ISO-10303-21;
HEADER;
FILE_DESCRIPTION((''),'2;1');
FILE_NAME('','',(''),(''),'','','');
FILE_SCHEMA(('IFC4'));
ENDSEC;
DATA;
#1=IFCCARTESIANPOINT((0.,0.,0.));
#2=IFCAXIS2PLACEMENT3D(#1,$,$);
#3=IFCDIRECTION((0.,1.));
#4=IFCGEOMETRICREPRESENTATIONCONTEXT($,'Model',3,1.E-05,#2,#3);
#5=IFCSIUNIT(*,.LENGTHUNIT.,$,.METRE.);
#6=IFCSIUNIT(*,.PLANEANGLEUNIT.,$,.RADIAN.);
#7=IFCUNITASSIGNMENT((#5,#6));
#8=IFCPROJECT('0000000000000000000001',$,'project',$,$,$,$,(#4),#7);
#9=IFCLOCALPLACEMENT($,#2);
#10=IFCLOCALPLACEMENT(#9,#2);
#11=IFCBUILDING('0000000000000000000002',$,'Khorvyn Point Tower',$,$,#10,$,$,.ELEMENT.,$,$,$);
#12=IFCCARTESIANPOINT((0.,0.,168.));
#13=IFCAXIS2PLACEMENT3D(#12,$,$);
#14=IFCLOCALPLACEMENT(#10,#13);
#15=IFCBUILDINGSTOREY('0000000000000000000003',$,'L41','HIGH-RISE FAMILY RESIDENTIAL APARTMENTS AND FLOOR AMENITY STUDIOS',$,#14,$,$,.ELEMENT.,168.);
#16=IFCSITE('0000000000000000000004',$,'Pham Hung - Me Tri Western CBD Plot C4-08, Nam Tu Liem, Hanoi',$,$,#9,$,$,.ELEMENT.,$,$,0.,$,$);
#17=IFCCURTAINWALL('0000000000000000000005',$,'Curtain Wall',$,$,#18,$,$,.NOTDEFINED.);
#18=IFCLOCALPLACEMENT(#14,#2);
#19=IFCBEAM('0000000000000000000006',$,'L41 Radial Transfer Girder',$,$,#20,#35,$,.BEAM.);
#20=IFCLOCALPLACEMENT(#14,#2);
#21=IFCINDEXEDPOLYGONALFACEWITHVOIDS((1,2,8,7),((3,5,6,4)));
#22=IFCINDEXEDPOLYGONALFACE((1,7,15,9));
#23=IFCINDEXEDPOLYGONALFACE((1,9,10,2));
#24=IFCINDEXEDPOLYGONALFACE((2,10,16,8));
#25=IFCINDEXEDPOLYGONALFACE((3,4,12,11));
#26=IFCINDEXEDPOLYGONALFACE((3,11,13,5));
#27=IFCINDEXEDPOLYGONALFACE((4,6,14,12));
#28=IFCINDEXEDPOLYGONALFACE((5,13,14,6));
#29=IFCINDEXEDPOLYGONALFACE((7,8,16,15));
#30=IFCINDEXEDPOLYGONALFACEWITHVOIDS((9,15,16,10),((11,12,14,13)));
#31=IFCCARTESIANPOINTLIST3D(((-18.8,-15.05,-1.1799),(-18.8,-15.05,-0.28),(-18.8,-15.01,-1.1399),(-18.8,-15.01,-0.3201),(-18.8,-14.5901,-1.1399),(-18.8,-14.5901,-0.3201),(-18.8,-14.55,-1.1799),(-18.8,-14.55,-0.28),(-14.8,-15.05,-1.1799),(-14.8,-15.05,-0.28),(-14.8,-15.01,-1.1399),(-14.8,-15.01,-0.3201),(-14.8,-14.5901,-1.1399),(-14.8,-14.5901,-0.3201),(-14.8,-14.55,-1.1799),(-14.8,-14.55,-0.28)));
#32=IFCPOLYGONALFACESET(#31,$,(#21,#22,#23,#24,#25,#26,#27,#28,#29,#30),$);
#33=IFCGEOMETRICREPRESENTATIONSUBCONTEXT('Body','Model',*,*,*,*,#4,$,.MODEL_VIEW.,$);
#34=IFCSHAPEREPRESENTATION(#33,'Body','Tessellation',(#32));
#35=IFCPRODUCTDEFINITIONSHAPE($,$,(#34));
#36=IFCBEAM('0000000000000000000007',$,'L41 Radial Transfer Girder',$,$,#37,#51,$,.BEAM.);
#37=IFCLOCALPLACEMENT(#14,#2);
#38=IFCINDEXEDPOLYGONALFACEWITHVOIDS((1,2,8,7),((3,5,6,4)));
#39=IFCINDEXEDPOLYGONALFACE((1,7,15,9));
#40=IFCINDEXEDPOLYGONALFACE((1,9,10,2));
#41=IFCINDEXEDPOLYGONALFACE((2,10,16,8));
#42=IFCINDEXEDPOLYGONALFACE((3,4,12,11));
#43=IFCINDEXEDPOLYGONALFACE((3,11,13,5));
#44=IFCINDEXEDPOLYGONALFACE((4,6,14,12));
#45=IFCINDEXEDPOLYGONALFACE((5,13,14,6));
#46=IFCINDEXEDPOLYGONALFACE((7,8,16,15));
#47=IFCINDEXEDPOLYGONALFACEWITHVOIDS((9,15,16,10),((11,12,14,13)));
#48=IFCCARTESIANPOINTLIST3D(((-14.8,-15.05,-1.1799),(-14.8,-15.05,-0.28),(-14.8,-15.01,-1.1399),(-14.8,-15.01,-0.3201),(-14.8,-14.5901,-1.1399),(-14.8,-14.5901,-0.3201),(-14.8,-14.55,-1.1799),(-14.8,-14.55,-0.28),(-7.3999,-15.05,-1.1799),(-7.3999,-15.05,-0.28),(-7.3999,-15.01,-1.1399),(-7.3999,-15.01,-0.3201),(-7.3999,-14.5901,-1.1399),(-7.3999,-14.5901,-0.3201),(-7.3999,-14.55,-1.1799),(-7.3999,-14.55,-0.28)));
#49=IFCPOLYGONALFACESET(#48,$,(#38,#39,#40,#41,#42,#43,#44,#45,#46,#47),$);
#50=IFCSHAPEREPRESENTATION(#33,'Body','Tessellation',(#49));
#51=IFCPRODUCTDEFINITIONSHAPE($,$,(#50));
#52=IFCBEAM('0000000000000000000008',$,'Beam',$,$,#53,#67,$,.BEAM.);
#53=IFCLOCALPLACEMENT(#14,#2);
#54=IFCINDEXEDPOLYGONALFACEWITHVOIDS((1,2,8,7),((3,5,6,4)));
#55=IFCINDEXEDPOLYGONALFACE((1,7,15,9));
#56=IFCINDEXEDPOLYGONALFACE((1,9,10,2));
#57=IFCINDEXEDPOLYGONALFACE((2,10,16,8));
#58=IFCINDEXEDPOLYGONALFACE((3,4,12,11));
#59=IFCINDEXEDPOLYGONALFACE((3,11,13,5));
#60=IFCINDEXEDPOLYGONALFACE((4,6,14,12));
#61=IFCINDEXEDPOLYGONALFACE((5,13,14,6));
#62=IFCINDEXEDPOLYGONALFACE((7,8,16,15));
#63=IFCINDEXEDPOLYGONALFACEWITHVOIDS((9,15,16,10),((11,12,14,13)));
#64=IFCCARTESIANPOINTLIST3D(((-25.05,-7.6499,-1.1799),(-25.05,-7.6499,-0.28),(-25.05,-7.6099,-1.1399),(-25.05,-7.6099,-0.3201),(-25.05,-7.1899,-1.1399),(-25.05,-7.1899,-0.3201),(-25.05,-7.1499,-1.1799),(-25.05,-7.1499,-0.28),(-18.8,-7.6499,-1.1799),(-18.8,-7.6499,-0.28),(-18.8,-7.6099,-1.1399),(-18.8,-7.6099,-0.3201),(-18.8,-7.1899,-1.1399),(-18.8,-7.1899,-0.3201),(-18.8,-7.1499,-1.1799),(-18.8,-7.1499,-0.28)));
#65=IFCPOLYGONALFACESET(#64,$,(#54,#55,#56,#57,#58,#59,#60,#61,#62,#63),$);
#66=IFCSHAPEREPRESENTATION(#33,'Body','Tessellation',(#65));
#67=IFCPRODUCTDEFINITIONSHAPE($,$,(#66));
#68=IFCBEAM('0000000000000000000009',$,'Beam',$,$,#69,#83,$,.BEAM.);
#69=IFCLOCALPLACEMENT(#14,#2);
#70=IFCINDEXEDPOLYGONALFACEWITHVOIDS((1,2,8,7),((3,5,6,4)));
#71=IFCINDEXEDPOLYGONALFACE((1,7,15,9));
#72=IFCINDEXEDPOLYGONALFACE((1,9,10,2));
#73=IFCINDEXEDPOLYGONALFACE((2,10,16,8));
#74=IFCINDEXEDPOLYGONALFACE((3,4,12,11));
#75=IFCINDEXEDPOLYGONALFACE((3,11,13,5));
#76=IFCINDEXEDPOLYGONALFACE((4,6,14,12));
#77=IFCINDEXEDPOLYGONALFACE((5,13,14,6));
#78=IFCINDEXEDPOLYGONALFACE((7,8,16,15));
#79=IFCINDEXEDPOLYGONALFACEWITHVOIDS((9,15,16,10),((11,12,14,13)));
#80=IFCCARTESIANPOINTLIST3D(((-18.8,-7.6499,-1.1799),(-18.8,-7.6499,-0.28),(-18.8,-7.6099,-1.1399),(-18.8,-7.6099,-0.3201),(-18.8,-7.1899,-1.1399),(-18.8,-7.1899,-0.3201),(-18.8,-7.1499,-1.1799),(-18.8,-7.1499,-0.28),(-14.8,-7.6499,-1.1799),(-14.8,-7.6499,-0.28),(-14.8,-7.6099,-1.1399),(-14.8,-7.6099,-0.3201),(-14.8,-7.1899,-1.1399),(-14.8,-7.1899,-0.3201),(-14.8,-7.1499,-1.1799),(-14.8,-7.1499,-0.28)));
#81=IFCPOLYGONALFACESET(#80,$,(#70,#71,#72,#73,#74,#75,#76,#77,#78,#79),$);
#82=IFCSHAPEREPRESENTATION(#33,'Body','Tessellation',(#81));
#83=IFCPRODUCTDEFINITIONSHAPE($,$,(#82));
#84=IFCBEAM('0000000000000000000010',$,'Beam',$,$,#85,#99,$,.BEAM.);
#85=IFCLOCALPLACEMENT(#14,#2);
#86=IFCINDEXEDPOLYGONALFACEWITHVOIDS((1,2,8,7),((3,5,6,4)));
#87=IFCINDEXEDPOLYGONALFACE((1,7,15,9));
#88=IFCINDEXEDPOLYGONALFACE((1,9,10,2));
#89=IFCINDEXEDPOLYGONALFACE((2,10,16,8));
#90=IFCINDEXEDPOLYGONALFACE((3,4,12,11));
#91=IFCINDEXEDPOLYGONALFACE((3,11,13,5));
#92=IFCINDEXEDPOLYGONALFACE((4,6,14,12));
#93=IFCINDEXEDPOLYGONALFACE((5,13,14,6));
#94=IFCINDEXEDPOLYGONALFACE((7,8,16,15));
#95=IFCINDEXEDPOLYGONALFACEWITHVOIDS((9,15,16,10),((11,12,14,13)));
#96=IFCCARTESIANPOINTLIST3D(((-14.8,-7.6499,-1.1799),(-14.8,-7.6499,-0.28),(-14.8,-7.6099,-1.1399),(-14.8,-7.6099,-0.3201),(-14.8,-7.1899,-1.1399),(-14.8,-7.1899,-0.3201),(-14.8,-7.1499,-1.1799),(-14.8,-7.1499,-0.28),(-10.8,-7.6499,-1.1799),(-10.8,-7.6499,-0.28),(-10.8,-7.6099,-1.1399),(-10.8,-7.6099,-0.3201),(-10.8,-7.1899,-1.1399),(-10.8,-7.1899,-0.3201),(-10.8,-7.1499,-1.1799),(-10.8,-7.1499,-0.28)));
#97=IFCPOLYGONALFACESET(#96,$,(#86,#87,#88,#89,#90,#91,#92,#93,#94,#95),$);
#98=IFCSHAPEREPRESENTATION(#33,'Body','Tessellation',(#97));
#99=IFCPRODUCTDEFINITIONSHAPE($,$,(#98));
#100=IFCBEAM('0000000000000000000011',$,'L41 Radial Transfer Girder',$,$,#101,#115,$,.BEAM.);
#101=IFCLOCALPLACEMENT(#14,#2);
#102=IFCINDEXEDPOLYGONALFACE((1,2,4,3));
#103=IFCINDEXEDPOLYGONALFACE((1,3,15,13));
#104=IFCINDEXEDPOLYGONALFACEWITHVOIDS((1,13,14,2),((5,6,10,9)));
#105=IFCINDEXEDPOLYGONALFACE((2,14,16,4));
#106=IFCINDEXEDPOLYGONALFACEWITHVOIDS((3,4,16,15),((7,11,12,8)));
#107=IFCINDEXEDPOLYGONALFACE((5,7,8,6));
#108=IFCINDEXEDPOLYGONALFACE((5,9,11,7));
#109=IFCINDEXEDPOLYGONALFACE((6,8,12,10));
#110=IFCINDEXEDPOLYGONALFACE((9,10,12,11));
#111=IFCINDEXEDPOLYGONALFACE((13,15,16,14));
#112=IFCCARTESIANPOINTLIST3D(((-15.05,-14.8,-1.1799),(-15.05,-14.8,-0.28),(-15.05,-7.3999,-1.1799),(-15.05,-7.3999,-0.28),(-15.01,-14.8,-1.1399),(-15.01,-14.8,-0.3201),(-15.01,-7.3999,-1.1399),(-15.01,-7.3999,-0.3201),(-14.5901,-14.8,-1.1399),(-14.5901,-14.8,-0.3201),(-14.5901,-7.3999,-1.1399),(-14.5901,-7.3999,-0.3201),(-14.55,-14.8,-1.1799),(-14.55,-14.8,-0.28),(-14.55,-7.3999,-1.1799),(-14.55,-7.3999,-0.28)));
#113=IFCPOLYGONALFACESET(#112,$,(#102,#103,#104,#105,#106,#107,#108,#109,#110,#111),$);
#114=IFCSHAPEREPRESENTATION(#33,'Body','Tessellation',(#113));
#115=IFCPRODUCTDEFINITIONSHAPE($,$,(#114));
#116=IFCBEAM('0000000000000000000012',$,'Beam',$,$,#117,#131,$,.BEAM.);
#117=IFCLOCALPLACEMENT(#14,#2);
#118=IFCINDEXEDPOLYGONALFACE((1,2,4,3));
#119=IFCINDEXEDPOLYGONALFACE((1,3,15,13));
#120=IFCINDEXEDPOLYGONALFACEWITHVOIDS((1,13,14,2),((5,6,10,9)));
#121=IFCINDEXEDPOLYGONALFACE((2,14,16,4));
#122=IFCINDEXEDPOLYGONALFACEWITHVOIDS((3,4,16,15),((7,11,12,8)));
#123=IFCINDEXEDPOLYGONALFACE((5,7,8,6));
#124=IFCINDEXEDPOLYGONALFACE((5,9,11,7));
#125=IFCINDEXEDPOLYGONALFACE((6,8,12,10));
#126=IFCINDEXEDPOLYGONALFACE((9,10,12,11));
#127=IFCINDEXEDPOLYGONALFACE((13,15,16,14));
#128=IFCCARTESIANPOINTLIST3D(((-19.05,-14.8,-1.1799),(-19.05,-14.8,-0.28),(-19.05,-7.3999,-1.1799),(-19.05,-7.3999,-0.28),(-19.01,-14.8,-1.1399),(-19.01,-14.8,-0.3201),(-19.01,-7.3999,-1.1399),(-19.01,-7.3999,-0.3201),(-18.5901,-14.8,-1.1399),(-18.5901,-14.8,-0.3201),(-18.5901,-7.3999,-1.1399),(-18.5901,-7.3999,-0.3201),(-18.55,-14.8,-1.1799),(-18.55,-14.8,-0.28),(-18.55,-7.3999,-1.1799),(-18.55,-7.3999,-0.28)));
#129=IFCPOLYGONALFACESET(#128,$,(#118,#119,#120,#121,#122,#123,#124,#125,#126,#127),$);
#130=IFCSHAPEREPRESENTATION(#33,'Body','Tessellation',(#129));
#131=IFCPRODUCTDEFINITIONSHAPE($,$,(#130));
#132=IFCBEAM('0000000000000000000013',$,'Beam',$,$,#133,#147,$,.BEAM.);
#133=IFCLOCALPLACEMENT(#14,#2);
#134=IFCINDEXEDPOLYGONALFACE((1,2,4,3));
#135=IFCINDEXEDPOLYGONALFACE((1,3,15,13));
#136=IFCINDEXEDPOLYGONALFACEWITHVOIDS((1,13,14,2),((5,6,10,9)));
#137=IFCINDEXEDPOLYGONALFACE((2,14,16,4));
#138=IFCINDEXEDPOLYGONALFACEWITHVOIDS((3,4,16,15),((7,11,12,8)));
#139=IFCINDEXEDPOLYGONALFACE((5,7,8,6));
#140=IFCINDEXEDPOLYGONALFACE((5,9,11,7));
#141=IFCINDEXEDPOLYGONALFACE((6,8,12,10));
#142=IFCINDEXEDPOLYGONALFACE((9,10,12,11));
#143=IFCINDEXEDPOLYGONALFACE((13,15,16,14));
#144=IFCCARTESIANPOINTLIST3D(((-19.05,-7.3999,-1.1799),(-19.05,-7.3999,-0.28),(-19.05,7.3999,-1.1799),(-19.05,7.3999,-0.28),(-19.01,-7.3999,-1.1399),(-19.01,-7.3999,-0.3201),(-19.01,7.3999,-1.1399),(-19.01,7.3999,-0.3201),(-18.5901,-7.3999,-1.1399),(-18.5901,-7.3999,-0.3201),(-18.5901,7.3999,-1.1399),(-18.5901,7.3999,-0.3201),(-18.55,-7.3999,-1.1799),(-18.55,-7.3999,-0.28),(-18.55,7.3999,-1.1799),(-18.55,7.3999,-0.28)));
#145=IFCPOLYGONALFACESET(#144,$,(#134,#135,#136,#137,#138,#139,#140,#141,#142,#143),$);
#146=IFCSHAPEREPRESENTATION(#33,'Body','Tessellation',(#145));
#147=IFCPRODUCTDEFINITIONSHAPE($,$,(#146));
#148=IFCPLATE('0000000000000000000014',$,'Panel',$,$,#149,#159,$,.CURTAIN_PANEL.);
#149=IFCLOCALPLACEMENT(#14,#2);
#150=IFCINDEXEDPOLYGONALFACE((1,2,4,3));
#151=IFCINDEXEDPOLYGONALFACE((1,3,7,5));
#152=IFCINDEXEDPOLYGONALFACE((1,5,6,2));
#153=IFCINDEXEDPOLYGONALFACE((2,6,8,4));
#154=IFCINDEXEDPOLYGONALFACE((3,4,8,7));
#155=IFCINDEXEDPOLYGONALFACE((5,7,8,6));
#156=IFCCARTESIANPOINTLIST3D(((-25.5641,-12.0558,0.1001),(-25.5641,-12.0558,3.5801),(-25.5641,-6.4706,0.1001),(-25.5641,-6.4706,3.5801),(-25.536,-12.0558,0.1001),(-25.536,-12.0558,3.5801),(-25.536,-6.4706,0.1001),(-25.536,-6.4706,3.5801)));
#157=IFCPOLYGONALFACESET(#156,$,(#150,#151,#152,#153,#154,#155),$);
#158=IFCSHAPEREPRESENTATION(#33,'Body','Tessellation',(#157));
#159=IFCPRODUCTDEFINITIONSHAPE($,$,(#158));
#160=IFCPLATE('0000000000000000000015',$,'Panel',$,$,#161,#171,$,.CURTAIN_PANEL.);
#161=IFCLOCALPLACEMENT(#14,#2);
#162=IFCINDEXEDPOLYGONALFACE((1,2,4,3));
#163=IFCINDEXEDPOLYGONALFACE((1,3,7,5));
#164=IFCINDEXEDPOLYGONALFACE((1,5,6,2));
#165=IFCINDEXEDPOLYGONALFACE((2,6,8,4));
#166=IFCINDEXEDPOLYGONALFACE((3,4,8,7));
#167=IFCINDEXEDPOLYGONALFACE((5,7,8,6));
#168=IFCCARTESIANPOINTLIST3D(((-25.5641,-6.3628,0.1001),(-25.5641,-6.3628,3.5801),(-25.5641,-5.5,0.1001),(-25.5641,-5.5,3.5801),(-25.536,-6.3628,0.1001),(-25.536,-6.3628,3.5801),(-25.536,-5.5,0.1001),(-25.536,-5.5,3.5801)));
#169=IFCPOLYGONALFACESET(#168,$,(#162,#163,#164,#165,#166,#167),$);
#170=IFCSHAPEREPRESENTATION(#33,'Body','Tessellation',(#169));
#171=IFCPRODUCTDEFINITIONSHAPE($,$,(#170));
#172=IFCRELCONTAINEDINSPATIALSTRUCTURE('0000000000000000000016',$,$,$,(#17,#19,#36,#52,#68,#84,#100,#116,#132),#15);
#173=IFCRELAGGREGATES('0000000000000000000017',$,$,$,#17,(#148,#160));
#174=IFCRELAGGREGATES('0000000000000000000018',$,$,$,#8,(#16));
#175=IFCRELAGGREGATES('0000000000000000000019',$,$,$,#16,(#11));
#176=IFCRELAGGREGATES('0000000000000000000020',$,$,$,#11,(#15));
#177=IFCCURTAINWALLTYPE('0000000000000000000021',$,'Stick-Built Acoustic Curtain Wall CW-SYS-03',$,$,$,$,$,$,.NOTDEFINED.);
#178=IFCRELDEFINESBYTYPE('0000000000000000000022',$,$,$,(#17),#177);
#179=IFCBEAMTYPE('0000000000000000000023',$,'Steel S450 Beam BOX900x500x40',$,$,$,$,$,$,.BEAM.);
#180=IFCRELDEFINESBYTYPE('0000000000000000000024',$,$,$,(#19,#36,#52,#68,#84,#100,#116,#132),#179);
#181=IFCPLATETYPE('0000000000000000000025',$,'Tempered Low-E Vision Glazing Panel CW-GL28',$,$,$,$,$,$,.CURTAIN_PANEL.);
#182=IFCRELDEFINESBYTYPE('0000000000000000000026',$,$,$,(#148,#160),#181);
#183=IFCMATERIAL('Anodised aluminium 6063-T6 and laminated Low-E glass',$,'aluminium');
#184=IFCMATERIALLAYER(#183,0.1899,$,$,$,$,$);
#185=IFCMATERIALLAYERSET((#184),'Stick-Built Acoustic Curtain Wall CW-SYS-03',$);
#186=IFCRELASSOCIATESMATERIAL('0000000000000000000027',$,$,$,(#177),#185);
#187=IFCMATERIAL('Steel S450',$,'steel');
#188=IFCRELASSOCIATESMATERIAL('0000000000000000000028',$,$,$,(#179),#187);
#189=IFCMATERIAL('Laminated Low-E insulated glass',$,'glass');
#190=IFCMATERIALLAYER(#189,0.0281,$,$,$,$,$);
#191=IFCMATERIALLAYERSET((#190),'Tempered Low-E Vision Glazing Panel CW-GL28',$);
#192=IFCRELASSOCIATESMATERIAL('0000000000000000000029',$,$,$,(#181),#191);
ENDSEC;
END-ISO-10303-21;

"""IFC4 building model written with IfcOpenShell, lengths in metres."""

from ifc_helpers import new_model, si_unit, direction, frame, origin, origin_2d, place, context, subcontext, project, spatial, rectangle, hollow_rectangle, extrude, material, layer, layer_set, material_profile, profile_set, type_object, element, aggregate, save


model = new_model("IFC4")

# Units and contexts
model_context = context("Model", 3, precision=1e-05, world=origin(), true_north=direction((0.0, 1.0)))
body_context = subcontext(model_context, "Body", "Model", "MODEL_VIEW")
ifc_project = project(units=[si_unit("LENGTHUNIT", "METRE"), si_unit("PLANEANGLEUNIT", "RADIAN")], contexts=[model_context])

# Site, building, storey
site_placement = place(None, origin())
site = spatial("IfcSite", under=ifc_project, at=site_placement, Name="Pham Hung - Me Tri Western CBD Plot C4-08, Nam Tu Liem, Hanoi", CompositionType="ELEMENT", RefElevation=0.0)
building_placement = place(site_placement, origin())
building = spatial("IfcBuilding", under=site, at=building_placement, Name="Khorvyn Point Tower", CompositionType="ELEMENT")
storey_placement = place(building_placement, frame((0.0, 0.0, 168.0)))
storey = spatial("IfcBuildingStorey", under=building, at=storey_placement, Name="L41", Description="HIGH-RISE FAMILY RESIDENTIAL APARTMENTS AND FLOOR AMENITY STUDIOS", CompositionType="ELEMENT", Elevation=168.0)

# Shared definitions
ifc_material_1 = material(Name="Steel S450", Category="steel")

# Curtain wall
ifc_material_2 = material(Name="Anodised aluminium 6063-T6 and laminated Low-E glass", Category="aluminium")
ifc_layer_1 = layer(ifc_material_2, 0.1899)
ifc_layer_set_1 = layer_set([ifc_layer_1], Name="Stick-Built Acoustic Curtain Wall CW-SYS-03")
curtain_wall_type = type_object("IfcCurtainWallType", Name="Stick-Built Acoustic Curtain Wall CW-SYS-03", PredefinedType="NOTDEFINED", material=ifc_layer_set_1)
curtain_wall_placement = place(storey_placement, origin())
curtain_wall = element("IfcCurtainWall", 1, at=curtain_wall_placement, inside=storey, type_object=curtain_wall_type, Name="Curtain Wall", PredefinedType="NOTDEFINED")

# Beams
ifc_material_profile_1 = material_profile(ifc_material_1, hollow_rectangle(XDim=0.5, YDim=0.8999, WallThickness=0.04, at=origin_2d()))
ifc_profile_set_1 = profile_set([ifc_material_profile_1], Name="Steel S450 BOX900x500x40")
beam_type_1 = type_object("IfcBeamType", Name="Steel S450 Beam BOX900x500x40", PredefinedType="BEAM", material=ifc_profile_set_1)
beam_1_placement = place(storey_placement, frame((-18.8, -14.8, -0.73), z_axis=(1.0, 0.0, 0.0), x_axis=(0.0, 1.0, 0.0)))
element("IfcBeam", 2, at=beam_1_placement, inside=storey, type_object=beam_type_1, Name="L41 Radial Transfer Girder", PredefinedType="BEAM", context=body_context, shape_type="SweptSolid", body=[
    extrude(hollow_rectangle(XDim=0.5, YDim=0.8999, WallThickness=0.04, at=origin_2d()), origin(), (0.0, 0.0, 1.0), 4.0),
])
beam_2_placement = place(storey_placement, frame((-14.8, -14.8, -0.73), z_axis=(1.0, 0.0, 0.0), x_axis=(0.0, 1.0, 0.0)))
element("IfcBeam", 3, at=beam_2_placement, inside=storey, type_object=beam_type_1, Name="L41 Radial Transfer Girder", PredefinedType="BEAM", context=body_context, shape_type="SweptSolid", body=[
    extrude(hollow_rectangle(XDim=0.5, YDim=0.8999, WallThickness=0.04, at=origin_2d()), origin(), (0.0, 0.0, 1.0), 7.4001),
])
beam_3_placement = place(storey_placement, frame((-25.05, -7.3999, -0.73), z_axis=(1.0, 0.0, 0.0), x_axis=(0.0, 1.0, 0.0)))
element("IfcBeam", 4, at=beam_3_placement, inside=storey, type_object=beam_type_1, Name="Beam", PredefinedType="BEAM", context=body_context, shape_type="SweptSolid", body=[
    extrude(hollow_rectangle(XDim=0.5, YDim=0.8999, WallThickness=0.04, at=origin_2d()), origin(), (0.0, 0.0, 1.0), 6.25),
])
for number, where, z_axis, x_axis, name in (
    (5, (-18.8, -7.3999, -0.73), (1.0, 0.0, 0.0), (0.0, 1.0, 0.0), "Beam"),
    (6, (-14.8, -7.3999, -0.73), (1.0, 0.0, 0.0), (0.0, 1.0, 0.0), "Beam"),
):
    element("IfcBeam", number, at=place(storey_placement, frame(where, z_axis=z_axis, x_axis=x_axis)), inside=storey, type_object=beam_type_1, Name=name, PredefinedType="BEAM", context=body_context, shape_type="SweptSolid", body=[
        extrude(hollow_rectangle(XDim=0.5, YDim=0.8999, WallThickness=0.04, at=origin_2d()), origin(), (0.0, 0.0, 1.0), 4.0),
    ])
for number, where, z_axis, x_axis, name in (
    (7, (-14.8, -14.8, -0.73), (0.0, 1.0, 0.0), (-1.0, 0.0, 0.0), "L41 Radial Transfer Girder"),
    (8, (-18.8, -14.8, -0.73), (0.0, 1.0, 0.0), (-1.0, 0.0, 0.0), "Beam"),
):
    element("IfcBeam", number, at=place(storey_placement, frame(where, z_axis=z_axis, x_axis=x_axis)), inside=storey, type_object=beam_type_1, Name=name, PredefinedType="BEAM", context=body_context, shape_type="SweptSolid", body=[
        extrude(hollow_rectangle(XDim=0.5, YDim=0.8999, WallThickness=0.04, at=origin_2d()), origin(), (0.0, 0.0, 1.0), 7.4001),
    ])
beam_4_placement = place(storey_placement, frame((-18.8, -7.3999, -0.73), z_axis=(0.0, 1.0, 0.0), x_axis=(-1.0, 0.0, 0.0)))
element("IfcBeam", 9, at=beam_4_placement, inside=storey, type_object=beam_type_1, Name="Beam", PredefinedType="BEAM", context=body_context, shape_type="SweptSolid", body=[
    extrude(hollow_rectangle(XDim=0.5, YDim=0.8999, WallThickness=0.04, at=origin_2d()), origin(), (0.0, 0.0, 1.0), 14.7998),
])

# Plates
ifc_material_3 = material(Name="Laminated Low-E insulated glass", Category="glass")
ifc_layer_2 = layer(ifc_material_3, 0.0281)
ifc_layer_set_2 = layer_set([ifc_layer_2], Name="Tempered Low-E Vision Glazing Panel CW-GL28")
plate_type = type_object("IfcPlateType", Name="Tempered Low-E Vision Glazing Panel CW-GL28", PredefinedType="CURTAIN_PANEL", material=ifc_layer_set_2)
plate_1_placement = place(storey_placement, frame((-25.55, -9.2632, 0.1001), z_axis=(0.0, 0.0, 1.0), x_axis=(0.0, 1.0, 0.0)))
plate_1 = element("IfcPlate", 10, at=plate_1_placement, type_object=plate_type, Name="Panel", PredefinedType="CURTAIN_PANEL", context=body_context, shape_type="SweptSolid", body=[
    extrude(rectangle(XDim=5.5852, YDim=0.0281, at=origin_2d()), origin(), (0.0, 0.0, 1.0), 3.48),
])
plate_2_placement = place(storey_placement, frame((-25.55, -5.9314, 0.1001), z_axis=(0.0, 0.0, 1.0), x_axis=(0.0, 1.0, 0.0)))
plate_2 = element("IfcPlate", 11, at=plate_2_placement, type_object=plate_type, Name="Panel", PredefinedType="CURTAIN_PANEL", context=body_context, shape_type="SweptSolid", body=[
    extrude(rectangle(XDim=0.8628, YDim=0.0281, at=origin_2d()), origin(), (0.0, 0.0, 1.0), 3.48),
])
aggregate(curtain_wall, [plate_1, plate_2])

save(model, "model.ifc")
